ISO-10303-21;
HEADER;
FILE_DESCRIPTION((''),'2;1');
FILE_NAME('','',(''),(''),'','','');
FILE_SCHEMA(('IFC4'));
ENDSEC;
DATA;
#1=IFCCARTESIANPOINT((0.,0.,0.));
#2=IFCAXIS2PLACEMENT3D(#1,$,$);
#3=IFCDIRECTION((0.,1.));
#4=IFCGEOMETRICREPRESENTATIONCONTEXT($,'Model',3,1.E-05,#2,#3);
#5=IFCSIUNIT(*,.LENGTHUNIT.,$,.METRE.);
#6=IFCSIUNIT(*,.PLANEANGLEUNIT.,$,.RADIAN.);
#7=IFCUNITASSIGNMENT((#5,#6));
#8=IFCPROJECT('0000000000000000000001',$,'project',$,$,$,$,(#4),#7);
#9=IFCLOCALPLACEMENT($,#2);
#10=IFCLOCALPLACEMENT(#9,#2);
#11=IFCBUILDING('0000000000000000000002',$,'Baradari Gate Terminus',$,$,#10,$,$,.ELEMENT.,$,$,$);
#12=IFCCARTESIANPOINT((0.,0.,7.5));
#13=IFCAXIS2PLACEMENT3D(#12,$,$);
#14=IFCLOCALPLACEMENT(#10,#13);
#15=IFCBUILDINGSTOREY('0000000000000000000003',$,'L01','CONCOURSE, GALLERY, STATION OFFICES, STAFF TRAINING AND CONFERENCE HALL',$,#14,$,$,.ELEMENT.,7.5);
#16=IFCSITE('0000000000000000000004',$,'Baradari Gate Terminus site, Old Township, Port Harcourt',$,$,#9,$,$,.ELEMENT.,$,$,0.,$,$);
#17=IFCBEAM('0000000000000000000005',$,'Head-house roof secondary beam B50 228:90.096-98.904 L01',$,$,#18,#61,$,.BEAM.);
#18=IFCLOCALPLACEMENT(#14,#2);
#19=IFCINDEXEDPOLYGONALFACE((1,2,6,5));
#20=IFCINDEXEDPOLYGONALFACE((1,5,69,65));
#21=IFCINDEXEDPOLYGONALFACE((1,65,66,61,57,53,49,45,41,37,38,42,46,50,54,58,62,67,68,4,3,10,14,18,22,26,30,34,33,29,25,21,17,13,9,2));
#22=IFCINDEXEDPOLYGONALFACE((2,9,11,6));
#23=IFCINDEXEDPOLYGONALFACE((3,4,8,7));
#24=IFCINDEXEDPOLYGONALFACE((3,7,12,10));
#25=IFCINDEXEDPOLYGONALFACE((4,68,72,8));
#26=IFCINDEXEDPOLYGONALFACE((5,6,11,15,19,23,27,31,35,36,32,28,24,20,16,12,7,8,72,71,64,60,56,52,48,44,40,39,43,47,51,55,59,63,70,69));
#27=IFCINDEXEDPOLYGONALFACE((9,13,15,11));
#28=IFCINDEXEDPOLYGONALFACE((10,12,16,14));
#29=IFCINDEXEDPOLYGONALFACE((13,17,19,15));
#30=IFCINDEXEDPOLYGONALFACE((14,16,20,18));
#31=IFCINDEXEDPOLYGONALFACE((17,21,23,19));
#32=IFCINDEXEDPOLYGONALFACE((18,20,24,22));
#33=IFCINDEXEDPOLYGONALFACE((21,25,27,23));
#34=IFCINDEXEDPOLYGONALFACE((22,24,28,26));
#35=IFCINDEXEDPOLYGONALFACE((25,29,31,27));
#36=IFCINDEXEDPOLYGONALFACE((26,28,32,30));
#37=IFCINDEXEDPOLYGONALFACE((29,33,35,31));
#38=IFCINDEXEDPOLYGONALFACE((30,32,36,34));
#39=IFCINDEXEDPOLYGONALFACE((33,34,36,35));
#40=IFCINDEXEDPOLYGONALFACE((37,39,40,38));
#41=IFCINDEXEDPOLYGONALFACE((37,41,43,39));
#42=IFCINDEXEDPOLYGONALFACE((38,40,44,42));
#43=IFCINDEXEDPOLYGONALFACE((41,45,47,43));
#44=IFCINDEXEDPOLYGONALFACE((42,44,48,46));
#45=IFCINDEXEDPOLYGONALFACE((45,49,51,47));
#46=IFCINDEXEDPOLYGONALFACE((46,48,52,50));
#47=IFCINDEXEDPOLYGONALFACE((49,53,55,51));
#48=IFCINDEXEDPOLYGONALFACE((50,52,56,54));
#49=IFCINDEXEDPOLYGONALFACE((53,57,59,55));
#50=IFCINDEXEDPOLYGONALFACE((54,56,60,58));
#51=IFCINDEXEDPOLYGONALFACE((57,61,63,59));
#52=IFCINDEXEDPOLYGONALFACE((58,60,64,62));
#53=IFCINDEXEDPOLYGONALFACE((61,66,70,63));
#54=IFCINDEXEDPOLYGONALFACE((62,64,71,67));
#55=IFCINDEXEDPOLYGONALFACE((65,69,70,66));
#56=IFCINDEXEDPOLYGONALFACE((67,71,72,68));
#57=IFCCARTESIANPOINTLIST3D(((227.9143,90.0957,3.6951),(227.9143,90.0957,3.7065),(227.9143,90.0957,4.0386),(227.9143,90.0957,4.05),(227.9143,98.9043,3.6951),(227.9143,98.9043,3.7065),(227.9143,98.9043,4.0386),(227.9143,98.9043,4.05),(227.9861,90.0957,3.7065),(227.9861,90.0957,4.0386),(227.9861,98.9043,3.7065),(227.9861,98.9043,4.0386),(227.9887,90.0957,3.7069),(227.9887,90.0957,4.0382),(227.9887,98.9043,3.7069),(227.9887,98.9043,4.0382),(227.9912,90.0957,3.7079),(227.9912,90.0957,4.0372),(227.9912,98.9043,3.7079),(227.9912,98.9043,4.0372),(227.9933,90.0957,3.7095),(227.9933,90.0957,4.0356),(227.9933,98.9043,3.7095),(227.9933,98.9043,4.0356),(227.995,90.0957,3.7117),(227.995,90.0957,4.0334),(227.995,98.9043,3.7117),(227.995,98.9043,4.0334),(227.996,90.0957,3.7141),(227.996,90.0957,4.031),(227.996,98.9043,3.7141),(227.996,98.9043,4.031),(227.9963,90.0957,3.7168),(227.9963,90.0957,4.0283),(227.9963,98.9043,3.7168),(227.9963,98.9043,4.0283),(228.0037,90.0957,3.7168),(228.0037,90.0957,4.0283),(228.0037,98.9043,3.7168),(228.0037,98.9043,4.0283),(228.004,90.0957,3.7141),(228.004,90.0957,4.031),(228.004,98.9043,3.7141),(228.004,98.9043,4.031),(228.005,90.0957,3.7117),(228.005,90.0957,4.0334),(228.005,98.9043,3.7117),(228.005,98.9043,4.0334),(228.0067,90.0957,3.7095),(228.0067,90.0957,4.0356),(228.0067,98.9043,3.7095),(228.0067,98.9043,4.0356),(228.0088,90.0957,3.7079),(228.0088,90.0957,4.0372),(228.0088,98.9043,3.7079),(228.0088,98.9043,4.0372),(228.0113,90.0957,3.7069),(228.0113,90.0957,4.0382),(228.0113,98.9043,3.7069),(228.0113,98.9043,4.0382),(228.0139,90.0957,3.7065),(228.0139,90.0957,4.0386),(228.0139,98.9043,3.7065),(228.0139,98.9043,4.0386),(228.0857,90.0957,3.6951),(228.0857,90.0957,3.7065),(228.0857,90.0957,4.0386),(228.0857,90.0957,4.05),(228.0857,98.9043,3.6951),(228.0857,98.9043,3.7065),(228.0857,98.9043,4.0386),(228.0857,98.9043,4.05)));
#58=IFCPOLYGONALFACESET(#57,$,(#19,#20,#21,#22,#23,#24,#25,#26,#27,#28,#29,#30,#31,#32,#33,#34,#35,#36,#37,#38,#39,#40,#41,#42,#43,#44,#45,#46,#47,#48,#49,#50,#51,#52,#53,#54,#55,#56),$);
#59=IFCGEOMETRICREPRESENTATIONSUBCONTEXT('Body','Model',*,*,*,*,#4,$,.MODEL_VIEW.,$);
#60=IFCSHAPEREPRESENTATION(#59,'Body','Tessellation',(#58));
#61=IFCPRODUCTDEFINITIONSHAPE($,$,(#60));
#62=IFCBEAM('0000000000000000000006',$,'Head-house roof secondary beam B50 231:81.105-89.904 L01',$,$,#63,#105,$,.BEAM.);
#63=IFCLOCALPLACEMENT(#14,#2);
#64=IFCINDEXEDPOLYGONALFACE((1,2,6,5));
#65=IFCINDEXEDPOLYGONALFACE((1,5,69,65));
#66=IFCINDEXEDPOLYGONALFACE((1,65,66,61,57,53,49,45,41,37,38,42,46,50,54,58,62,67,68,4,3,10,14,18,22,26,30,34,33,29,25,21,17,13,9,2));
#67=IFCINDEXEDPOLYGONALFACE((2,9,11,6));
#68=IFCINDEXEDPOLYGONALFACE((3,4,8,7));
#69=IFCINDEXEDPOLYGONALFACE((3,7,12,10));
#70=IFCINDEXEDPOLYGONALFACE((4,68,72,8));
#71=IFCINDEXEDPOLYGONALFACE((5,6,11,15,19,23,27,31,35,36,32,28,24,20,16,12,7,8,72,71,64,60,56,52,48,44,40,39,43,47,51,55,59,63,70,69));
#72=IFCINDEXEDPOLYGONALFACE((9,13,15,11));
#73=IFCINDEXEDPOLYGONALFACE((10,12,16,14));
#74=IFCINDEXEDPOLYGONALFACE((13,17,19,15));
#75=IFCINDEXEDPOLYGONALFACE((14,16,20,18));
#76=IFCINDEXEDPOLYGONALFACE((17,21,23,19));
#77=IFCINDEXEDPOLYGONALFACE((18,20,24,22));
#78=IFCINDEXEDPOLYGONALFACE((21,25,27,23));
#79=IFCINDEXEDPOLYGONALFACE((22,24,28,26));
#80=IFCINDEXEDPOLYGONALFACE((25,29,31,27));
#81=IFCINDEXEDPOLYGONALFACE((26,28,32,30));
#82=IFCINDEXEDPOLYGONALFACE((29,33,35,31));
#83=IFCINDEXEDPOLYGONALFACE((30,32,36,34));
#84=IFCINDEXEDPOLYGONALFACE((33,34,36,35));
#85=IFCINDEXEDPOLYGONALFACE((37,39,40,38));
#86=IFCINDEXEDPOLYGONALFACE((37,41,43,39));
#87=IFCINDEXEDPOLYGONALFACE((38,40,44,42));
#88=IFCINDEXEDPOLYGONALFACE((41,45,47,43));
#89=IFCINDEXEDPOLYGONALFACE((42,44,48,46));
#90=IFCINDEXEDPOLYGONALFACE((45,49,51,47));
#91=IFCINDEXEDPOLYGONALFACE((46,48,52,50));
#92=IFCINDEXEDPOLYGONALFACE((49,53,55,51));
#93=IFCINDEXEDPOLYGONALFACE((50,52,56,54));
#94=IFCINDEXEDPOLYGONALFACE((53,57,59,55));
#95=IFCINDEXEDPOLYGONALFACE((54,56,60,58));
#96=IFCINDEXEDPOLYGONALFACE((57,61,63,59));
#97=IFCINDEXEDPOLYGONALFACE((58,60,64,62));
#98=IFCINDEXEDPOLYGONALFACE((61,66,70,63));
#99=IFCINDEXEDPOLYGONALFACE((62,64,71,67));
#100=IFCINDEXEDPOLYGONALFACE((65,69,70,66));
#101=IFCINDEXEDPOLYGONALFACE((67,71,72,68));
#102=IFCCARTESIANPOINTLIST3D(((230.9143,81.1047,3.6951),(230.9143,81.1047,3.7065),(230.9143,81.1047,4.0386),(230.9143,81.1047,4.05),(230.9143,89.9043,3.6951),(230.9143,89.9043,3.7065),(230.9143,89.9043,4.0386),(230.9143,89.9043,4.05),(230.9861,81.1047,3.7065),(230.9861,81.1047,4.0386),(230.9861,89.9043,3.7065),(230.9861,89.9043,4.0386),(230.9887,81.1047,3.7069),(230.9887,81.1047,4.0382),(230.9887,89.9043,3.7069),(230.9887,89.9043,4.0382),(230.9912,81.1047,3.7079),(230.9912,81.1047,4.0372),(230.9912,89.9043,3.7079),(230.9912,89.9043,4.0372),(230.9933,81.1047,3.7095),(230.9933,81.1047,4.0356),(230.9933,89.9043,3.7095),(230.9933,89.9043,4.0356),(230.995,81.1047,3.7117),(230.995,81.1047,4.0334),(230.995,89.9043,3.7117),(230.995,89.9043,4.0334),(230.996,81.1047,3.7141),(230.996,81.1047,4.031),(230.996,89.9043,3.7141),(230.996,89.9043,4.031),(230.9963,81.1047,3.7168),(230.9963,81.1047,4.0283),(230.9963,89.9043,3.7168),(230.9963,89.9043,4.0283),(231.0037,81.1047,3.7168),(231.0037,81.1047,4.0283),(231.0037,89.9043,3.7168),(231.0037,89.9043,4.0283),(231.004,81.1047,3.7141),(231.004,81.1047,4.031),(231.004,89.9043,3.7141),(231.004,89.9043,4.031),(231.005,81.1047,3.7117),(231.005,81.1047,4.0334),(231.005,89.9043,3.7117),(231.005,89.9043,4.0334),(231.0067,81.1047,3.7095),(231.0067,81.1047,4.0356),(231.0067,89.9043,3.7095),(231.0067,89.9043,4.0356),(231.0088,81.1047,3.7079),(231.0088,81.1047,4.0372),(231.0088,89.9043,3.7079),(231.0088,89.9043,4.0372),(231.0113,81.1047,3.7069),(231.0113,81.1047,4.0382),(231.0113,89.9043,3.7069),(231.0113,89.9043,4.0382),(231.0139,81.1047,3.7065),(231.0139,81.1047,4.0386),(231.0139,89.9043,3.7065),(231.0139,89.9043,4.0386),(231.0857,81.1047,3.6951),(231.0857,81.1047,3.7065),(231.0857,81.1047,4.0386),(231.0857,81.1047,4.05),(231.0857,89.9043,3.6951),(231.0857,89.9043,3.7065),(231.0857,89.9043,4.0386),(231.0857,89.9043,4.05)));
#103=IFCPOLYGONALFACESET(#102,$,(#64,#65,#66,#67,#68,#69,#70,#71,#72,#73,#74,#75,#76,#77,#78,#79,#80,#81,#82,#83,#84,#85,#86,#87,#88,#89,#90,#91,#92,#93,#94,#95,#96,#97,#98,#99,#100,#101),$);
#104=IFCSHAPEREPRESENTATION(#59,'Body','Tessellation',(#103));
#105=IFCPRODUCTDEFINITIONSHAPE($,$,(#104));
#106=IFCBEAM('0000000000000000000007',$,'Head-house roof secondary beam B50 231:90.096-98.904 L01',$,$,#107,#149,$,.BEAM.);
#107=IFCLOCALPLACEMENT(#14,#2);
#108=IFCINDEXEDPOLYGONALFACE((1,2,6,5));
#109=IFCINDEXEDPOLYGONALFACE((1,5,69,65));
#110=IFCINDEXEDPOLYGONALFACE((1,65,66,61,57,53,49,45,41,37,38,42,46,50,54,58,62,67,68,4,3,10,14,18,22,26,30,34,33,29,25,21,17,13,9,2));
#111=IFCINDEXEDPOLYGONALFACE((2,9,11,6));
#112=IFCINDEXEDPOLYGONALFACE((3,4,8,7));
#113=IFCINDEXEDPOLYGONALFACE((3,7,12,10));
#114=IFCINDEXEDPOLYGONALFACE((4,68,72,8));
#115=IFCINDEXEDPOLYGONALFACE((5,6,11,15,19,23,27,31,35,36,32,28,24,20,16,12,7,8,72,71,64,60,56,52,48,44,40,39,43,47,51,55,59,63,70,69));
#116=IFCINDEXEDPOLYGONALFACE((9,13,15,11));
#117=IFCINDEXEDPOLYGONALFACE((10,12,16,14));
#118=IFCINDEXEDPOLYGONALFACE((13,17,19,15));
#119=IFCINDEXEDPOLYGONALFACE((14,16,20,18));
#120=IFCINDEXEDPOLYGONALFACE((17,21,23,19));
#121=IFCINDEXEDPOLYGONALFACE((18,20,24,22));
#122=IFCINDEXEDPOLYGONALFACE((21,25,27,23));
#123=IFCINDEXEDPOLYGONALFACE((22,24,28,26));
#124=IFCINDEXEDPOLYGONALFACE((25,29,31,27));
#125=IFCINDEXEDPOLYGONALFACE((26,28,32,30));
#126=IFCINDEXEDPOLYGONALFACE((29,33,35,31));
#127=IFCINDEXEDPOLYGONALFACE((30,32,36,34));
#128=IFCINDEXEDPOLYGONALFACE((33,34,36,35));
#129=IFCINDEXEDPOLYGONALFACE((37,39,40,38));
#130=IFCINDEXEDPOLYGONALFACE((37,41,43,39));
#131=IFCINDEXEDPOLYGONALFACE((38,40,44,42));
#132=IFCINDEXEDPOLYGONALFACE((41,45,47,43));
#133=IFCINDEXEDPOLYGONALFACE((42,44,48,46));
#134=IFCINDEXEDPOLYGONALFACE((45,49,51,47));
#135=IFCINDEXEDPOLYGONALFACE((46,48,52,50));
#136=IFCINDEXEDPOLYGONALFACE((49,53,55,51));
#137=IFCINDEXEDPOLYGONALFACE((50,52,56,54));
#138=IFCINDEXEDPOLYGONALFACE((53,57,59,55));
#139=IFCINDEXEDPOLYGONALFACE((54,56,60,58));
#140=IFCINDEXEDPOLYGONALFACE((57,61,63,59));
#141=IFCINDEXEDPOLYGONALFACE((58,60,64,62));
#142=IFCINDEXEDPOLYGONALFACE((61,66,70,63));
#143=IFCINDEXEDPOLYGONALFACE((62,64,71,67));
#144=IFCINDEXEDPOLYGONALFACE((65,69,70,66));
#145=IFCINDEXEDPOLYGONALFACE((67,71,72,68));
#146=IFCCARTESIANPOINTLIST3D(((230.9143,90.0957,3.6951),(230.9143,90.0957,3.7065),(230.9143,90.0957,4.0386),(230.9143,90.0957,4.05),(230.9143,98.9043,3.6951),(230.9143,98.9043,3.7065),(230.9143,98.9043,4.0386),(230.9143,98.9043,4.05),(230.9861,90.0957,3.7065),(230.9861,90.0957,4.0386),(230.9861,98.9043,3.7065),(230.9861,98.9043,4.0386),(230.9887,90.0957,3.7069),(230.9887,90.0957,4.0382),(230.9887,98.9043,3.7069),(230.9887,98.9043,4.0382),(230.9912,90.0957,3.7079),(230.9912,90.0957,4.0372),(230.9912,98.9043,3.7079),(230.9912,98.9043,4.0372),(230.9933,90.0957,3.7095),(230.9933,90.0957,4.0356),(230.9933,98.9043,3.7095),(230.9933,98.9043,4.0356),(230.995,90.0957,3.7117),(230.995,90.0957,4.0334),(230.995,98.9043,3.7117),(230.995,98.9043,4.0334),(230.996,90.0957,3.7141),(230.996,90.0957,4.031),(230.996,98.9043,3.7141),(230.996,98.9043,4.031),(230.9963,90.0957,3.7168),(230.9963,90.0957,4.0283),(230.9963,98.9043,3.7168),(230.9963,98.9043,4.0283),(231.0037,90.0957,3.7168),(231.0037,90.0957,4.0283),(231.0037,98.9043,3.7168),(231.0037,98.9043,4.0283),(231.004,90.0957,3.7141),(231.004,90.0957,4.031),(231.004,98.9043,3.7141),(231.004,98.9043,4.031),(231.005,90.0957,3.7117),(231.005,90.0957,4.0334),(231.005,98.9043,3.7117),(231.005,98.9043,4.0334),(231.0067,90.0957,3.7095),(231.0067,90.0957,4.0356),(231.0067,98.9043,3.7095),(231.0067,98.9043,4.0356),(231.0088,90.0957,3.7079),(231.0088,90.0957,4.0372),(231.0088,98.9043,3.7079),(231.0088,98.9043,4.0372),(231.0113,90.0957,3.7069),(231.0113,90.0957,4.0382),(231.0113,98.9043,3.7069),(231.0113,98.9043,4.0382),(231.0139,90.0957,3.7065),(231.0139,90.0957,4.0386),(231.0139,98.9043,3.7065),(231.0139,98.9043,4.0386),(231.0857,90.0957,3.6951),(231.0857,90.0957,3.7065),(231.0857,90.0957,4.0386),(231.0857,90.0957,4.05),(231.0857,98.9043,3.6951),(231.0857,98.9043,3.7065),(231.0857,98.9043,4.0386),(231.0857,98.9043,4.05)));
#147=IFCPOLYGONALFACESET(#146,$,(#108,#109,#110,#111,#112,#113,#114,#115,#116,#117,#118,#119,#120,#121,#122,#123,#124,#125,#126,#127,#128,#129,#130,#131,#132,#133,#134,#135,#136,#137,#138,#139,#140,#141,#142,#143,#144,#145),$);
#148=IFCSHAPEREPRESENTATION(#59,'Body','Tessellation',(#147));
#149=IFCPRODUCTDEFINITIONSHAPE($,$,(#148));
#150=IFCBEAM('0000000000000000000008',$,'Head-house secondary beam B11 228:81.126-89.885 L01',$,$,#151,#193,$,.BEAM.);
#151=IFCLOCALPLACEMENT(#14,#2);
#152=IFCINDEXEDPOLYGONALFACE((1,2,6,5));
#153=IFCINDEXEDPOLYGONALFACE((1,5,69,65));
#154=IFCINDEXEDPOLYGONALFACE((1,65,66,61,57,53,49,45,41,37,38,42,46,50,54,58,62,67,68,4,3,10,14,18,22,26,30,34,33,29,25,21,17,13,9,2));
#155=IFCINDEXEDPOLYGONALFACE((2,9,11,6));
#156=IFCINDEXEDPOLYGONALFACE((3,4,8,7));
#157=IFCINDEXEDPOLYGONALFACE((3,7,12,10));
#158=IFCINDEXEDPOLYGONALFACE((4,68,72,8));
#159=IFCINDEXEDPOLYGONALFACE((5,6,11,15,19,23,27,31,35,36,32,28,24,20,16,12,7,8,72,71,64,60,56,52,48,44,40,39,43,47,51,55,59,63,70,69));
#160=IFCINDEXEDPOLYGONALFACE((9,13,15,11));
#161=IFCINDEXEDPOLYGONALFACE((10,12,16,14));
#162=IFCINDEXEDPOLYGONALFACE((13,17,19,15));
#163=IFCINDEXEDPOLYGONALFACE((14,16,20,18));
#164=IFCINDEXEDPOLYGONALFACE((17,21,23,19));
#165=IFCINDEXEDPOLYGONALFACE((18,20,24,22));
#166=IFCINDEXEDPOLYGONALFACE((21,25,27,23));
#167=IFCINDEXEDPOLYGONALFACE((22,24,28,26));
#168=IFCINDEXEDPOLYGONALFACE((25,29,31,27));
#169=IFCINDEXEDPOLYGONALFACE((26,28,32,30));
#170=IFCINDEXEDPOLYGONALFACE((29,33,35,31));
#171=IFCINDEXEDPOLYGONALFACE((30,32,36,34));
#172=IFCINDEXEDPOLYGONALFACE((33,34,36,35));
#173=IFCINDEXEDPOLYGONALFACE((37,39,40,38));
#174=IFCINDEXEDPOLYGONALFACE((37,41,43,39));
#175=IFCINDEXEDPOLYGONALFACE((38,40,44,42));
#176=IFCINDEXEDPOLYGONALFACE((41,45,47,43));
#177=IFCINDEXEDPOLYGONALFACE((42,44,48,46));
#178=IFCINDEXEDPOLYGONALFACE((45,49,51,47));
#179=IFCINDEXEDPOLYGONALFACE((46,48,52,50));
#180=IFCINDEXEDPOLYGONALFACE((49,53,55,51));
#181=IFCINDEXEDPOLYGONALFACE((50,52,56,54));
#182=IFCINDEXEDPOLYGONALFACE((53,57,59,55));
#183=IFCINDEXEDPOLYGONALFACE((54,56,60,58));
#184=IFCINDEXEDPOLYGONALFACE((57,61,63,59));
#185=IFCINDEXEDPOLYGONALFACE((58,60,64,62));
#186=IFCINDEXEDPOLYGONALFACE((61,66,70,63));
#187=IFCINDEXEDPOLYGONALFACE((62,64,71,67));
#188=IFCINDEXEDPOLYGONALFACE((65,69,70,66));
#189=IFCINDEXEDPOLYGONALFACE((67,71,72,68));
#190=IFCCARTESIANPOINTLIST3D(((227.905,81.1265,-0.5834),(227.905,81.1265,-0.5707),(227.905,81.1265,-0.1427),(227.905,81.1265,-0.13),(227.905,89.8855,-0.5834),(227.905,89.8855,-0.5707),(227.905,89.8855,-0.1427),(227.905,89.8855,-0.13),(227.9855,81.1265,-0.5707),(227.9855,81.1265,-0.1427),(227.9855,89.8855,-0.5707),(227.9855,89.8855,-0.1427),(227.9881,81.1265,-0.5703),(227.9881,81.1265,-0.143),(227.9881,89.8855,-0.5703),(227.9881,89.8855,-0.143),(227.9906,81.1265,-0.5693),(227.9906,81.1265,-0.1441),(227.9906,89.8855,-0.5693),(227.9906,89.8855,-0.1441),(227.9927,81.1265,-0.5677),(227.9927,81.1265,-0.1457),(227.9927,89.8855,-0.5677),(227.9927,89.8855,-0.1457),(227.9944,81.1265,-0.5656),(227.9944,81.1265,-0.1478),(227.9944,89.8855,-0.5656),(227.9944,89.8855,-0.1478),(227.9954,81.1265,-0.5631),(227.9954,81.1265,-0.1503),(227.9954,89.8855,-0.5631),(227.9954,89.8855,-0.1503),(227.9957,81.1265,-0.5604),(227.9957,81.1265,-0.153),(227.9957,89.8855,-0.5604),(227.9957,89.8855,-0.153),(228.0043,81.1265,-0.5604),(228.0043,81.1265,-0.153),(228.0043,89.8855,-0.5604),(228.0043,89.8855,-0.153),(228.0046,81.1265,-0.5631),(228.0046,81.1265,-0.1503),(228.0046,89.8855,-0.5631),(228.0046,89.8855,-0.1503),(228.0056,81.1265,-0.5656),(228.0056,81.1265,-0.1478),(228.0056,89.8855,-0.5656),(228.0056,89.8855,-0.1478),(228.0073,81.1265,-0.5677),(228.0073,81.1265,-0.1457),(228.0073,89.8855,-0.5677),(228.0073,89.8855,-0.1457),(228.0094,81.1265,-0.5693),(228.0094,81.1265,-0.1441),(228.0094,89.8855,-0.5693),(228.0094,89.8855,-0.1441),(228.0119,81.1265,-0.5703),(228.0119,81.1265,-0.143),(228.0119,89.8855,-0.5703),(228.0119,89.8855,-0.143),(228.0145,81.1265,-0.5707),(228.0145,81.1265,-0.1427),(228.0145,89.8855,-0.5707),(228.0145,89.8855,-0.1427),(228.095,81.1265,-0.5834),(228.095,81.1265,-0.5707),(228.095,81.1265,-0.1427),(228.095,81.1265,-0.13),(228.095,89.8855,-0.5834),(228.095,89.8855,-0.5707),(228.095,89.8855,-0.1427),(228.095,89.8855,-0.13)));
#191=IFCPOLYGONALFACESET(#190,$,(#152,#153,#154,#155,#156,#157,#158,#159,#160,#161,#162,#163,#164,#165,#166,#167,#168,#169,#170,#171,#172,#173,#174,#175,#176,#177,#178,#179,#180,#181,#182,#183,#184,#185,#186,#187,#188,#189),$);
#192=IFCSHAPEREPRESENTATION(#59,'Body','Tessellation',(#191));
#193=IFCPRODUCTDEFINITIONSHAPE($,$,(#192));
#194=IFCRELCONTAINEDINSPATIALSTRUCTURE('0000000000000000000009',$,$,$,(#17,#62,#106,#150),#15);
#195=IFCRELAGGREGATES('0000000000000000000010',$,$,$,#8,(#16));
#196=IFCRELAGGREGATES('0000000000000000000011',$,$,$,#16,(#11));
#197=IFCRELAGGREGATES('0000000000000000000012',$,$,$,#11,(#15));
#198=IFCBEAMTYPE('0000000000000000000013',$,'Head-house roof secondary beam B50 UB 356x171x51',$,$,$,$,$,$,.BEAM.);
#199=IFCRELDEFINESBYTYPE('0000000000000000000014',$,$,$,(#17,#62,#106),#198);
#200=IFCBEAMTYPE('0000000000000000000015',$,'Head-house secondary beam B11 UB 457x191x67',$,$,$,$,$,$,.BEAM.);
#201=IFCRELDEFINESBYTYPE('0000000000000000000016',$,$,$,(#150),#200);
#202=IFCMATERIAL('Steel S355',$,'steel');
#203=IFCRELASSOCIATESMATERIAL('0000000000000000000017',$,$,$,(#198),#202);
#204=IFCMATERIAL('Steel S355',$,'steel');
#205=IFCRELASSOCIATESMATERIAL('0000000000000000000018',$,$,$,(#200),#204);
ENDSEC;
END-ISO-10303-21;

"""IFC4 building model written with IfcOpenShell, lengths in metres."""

from ifc_helpers import new_model, si_unit, direction, frame, origin, origin_2d, place, context, subcontext, project, spatial, i_section, extrude, material, material_profile, profile_set, type_object, element, save


model = new_model("IFC4")

# Units and contexts
model_context = context("Model", 3, precision=1e-05, world=origin(), true_north=direction((0.0, 1.0)))
body_context = subcontext(model_context, "Body", "Model", "MODEL_VIEW")
ifc_project = project(units=[si_unit("LENGTHUNIT", "METRE"), si_unit("PLANEANGLEUNIT", "RADIAN")], contexts=[model_context])

# Site, building, storey
site_placement = place(None, origin())
site = spatial("IfcSite", under=ifc_project, at=site_placement, Name="Baradari Gate Terminus site, Old Township, Port Harcourt", CompositionType="ELEMENT", RefElevation=0.0)
building_placement = place(site_placement, origin())
building = spatial("IfcBuilding", under=site, at=building_placement, Name="Baradari Gate Terminus", CompositionType="ELEMENT")
storey_placement = place(building_placement, frame((0.0, 0.0, 7.5)))
storey = spatial("IfcBuildingStorey", under=building, at=storey_placement, Name="L01", Description="CONCOURSE, GALLERY, STATION OFFICES, STAFF TRAINING AND CONFERENCE HALL", CompositionType="ELEMENT", Elevation=7.5)

# Beams
ifc_material_1 = material(Name="Steel S355", Category="steel")
ifc_material_profile_1 = material_profile(ifc_material_1, i_section(OverallWidth=0.1714, OverallDepth=0.355, WebThickness=0.0073, FlangeThickness=0.0115, FilletRadius=0.0103, at=origin_2d()), Name="UB 356x171x51")
ifc_profile_set_1 = profile_set([ifc_material_profile_1], Name="Steel S355")
beam_type_1 = type_object("IfcBeamType", Name="Head-house roof secondary beam B50 UB 356x171x51", PredefinedType="BEAM", material=ifc_profile_set_1)
beam_1_placement = place(storey_placement, frame((228.0, 90.0957, 3.8726), z_axis=(0.0, 1.0, 0.0), x_axis=(-1.0, 0.0, 0.0)))
element("IfcBeam", 1, at=beam_1_placement, inside=storey, type_object=beam_type_1, Name="Head-house roof secondary beam B50 228:90.096-98.904 L01", PredefinedType="BEAM", context=body_context, shape_type="SweptSolid", body=[
    extrude(i_section(OverallWidth=0.1714, OverallDepth=0.355, WebThickness=0.0073, FlangeThickness=0.0115, FilletRadius=0.0103, at=origin_2d()), origin(), (0.0, 0.0, 1.0), 8.8086),
])
beam_2_placement = place(storey_placement, frame((231.0, 81.1047, 3.8726), z_axis=(0.0, 1.0, 0.0), x_axis=(-1.0, 0.0, 0.0)))
element("IfcBeam", 2, at=beam_2_placement, inside=storey, type_object=beam_type_1, Name="Head-house roof secondary beam B50 231:81.105-89.904 L01", PredefinedType="BEAM", context=body_context, shape_type="SweptSolid", body=[
    extrude(i_section(OverallWidth=0.1714, OverallDepth=0.355, WebThickness=0.0073, FlangeThickness=0.0115, FilletRadius=0.0103, at=origin_2d()), origin(), (0.0, 0.0, 1.0), 8.7996),
])
beam_3_placement = place(storey_placement, frame((231.0, 90.0957, 3.8726), z_axis=(0.0, 1.0, 0.0), x_axis=(-1.0, 0.0, 0.0)))
element("IfcBeam", 3, at=beam_3_placement, inside=storey, type_object=beam_type_1, Name="Head-house roof secondary beam B50 231:90.096-98.904 L01", PredefinedType="BEAM", context=body_context, shape_type="SweptSolid", body=[
    extrude(i_section(OverallWidth=0.1714, OverallDepth=0.355, WebThickness=0.0073, FlangeThickness=0.0115, FilletRadius=0.0103, at=origin_2d()), origin(), (0.0, 0.0, 1.0), 8.8086),
])
ifc_material_2 = material(Name="Steel S355", Category="steel")
ifc_material_profile_2 = material_profile(ifc_material_2, i_section(OverallWidth=0.1899, OverallDepth=0.4534, WebThickness=0.0085, FlangeThickness=0.0127, FilletRadius=0.0103, at=origin_2d()), Name="UB 457x191x67")
ifc_profile_set_2 = profile_set([ifc_material_profile_2], Name="Steel S355")
beam_type_2 = type_object("IfcBeamType", Name="Head-house secondary beam B11 UB 457x191x67", PredefinedType="BEAM", material=ifc_profile_set_2)
for number, where, z_axis, x_axis, name in (
    (4, (228.0, 81.1265, -0.3567), (0.0, 1.0, 0.0), (-1.0, 0.0, 0.0), "Head-house secondary beam B11 228:81.126-89.885 L01"),
):
    element("IfcBeam", number, at=place(storey_placement, frame(where, z_axis=z_axis, x_axis=x_axis)), inside=storey, type_object=beam_type_2, Name=name, PredefinedType="BEAM", context=body_context, shape_type="SweptSolid", body=[
        extrude(i_section(OverallWidth=0.1899, OverallDepth=0.4534, WebThickness=0.0085, FlangeThickness=0.0127, FilletRadius=0.0103, at=origin_2d()), origin(), (0.0, 0.0, 1.0), 8.759),
    ])

save(model, "model.ifc")
